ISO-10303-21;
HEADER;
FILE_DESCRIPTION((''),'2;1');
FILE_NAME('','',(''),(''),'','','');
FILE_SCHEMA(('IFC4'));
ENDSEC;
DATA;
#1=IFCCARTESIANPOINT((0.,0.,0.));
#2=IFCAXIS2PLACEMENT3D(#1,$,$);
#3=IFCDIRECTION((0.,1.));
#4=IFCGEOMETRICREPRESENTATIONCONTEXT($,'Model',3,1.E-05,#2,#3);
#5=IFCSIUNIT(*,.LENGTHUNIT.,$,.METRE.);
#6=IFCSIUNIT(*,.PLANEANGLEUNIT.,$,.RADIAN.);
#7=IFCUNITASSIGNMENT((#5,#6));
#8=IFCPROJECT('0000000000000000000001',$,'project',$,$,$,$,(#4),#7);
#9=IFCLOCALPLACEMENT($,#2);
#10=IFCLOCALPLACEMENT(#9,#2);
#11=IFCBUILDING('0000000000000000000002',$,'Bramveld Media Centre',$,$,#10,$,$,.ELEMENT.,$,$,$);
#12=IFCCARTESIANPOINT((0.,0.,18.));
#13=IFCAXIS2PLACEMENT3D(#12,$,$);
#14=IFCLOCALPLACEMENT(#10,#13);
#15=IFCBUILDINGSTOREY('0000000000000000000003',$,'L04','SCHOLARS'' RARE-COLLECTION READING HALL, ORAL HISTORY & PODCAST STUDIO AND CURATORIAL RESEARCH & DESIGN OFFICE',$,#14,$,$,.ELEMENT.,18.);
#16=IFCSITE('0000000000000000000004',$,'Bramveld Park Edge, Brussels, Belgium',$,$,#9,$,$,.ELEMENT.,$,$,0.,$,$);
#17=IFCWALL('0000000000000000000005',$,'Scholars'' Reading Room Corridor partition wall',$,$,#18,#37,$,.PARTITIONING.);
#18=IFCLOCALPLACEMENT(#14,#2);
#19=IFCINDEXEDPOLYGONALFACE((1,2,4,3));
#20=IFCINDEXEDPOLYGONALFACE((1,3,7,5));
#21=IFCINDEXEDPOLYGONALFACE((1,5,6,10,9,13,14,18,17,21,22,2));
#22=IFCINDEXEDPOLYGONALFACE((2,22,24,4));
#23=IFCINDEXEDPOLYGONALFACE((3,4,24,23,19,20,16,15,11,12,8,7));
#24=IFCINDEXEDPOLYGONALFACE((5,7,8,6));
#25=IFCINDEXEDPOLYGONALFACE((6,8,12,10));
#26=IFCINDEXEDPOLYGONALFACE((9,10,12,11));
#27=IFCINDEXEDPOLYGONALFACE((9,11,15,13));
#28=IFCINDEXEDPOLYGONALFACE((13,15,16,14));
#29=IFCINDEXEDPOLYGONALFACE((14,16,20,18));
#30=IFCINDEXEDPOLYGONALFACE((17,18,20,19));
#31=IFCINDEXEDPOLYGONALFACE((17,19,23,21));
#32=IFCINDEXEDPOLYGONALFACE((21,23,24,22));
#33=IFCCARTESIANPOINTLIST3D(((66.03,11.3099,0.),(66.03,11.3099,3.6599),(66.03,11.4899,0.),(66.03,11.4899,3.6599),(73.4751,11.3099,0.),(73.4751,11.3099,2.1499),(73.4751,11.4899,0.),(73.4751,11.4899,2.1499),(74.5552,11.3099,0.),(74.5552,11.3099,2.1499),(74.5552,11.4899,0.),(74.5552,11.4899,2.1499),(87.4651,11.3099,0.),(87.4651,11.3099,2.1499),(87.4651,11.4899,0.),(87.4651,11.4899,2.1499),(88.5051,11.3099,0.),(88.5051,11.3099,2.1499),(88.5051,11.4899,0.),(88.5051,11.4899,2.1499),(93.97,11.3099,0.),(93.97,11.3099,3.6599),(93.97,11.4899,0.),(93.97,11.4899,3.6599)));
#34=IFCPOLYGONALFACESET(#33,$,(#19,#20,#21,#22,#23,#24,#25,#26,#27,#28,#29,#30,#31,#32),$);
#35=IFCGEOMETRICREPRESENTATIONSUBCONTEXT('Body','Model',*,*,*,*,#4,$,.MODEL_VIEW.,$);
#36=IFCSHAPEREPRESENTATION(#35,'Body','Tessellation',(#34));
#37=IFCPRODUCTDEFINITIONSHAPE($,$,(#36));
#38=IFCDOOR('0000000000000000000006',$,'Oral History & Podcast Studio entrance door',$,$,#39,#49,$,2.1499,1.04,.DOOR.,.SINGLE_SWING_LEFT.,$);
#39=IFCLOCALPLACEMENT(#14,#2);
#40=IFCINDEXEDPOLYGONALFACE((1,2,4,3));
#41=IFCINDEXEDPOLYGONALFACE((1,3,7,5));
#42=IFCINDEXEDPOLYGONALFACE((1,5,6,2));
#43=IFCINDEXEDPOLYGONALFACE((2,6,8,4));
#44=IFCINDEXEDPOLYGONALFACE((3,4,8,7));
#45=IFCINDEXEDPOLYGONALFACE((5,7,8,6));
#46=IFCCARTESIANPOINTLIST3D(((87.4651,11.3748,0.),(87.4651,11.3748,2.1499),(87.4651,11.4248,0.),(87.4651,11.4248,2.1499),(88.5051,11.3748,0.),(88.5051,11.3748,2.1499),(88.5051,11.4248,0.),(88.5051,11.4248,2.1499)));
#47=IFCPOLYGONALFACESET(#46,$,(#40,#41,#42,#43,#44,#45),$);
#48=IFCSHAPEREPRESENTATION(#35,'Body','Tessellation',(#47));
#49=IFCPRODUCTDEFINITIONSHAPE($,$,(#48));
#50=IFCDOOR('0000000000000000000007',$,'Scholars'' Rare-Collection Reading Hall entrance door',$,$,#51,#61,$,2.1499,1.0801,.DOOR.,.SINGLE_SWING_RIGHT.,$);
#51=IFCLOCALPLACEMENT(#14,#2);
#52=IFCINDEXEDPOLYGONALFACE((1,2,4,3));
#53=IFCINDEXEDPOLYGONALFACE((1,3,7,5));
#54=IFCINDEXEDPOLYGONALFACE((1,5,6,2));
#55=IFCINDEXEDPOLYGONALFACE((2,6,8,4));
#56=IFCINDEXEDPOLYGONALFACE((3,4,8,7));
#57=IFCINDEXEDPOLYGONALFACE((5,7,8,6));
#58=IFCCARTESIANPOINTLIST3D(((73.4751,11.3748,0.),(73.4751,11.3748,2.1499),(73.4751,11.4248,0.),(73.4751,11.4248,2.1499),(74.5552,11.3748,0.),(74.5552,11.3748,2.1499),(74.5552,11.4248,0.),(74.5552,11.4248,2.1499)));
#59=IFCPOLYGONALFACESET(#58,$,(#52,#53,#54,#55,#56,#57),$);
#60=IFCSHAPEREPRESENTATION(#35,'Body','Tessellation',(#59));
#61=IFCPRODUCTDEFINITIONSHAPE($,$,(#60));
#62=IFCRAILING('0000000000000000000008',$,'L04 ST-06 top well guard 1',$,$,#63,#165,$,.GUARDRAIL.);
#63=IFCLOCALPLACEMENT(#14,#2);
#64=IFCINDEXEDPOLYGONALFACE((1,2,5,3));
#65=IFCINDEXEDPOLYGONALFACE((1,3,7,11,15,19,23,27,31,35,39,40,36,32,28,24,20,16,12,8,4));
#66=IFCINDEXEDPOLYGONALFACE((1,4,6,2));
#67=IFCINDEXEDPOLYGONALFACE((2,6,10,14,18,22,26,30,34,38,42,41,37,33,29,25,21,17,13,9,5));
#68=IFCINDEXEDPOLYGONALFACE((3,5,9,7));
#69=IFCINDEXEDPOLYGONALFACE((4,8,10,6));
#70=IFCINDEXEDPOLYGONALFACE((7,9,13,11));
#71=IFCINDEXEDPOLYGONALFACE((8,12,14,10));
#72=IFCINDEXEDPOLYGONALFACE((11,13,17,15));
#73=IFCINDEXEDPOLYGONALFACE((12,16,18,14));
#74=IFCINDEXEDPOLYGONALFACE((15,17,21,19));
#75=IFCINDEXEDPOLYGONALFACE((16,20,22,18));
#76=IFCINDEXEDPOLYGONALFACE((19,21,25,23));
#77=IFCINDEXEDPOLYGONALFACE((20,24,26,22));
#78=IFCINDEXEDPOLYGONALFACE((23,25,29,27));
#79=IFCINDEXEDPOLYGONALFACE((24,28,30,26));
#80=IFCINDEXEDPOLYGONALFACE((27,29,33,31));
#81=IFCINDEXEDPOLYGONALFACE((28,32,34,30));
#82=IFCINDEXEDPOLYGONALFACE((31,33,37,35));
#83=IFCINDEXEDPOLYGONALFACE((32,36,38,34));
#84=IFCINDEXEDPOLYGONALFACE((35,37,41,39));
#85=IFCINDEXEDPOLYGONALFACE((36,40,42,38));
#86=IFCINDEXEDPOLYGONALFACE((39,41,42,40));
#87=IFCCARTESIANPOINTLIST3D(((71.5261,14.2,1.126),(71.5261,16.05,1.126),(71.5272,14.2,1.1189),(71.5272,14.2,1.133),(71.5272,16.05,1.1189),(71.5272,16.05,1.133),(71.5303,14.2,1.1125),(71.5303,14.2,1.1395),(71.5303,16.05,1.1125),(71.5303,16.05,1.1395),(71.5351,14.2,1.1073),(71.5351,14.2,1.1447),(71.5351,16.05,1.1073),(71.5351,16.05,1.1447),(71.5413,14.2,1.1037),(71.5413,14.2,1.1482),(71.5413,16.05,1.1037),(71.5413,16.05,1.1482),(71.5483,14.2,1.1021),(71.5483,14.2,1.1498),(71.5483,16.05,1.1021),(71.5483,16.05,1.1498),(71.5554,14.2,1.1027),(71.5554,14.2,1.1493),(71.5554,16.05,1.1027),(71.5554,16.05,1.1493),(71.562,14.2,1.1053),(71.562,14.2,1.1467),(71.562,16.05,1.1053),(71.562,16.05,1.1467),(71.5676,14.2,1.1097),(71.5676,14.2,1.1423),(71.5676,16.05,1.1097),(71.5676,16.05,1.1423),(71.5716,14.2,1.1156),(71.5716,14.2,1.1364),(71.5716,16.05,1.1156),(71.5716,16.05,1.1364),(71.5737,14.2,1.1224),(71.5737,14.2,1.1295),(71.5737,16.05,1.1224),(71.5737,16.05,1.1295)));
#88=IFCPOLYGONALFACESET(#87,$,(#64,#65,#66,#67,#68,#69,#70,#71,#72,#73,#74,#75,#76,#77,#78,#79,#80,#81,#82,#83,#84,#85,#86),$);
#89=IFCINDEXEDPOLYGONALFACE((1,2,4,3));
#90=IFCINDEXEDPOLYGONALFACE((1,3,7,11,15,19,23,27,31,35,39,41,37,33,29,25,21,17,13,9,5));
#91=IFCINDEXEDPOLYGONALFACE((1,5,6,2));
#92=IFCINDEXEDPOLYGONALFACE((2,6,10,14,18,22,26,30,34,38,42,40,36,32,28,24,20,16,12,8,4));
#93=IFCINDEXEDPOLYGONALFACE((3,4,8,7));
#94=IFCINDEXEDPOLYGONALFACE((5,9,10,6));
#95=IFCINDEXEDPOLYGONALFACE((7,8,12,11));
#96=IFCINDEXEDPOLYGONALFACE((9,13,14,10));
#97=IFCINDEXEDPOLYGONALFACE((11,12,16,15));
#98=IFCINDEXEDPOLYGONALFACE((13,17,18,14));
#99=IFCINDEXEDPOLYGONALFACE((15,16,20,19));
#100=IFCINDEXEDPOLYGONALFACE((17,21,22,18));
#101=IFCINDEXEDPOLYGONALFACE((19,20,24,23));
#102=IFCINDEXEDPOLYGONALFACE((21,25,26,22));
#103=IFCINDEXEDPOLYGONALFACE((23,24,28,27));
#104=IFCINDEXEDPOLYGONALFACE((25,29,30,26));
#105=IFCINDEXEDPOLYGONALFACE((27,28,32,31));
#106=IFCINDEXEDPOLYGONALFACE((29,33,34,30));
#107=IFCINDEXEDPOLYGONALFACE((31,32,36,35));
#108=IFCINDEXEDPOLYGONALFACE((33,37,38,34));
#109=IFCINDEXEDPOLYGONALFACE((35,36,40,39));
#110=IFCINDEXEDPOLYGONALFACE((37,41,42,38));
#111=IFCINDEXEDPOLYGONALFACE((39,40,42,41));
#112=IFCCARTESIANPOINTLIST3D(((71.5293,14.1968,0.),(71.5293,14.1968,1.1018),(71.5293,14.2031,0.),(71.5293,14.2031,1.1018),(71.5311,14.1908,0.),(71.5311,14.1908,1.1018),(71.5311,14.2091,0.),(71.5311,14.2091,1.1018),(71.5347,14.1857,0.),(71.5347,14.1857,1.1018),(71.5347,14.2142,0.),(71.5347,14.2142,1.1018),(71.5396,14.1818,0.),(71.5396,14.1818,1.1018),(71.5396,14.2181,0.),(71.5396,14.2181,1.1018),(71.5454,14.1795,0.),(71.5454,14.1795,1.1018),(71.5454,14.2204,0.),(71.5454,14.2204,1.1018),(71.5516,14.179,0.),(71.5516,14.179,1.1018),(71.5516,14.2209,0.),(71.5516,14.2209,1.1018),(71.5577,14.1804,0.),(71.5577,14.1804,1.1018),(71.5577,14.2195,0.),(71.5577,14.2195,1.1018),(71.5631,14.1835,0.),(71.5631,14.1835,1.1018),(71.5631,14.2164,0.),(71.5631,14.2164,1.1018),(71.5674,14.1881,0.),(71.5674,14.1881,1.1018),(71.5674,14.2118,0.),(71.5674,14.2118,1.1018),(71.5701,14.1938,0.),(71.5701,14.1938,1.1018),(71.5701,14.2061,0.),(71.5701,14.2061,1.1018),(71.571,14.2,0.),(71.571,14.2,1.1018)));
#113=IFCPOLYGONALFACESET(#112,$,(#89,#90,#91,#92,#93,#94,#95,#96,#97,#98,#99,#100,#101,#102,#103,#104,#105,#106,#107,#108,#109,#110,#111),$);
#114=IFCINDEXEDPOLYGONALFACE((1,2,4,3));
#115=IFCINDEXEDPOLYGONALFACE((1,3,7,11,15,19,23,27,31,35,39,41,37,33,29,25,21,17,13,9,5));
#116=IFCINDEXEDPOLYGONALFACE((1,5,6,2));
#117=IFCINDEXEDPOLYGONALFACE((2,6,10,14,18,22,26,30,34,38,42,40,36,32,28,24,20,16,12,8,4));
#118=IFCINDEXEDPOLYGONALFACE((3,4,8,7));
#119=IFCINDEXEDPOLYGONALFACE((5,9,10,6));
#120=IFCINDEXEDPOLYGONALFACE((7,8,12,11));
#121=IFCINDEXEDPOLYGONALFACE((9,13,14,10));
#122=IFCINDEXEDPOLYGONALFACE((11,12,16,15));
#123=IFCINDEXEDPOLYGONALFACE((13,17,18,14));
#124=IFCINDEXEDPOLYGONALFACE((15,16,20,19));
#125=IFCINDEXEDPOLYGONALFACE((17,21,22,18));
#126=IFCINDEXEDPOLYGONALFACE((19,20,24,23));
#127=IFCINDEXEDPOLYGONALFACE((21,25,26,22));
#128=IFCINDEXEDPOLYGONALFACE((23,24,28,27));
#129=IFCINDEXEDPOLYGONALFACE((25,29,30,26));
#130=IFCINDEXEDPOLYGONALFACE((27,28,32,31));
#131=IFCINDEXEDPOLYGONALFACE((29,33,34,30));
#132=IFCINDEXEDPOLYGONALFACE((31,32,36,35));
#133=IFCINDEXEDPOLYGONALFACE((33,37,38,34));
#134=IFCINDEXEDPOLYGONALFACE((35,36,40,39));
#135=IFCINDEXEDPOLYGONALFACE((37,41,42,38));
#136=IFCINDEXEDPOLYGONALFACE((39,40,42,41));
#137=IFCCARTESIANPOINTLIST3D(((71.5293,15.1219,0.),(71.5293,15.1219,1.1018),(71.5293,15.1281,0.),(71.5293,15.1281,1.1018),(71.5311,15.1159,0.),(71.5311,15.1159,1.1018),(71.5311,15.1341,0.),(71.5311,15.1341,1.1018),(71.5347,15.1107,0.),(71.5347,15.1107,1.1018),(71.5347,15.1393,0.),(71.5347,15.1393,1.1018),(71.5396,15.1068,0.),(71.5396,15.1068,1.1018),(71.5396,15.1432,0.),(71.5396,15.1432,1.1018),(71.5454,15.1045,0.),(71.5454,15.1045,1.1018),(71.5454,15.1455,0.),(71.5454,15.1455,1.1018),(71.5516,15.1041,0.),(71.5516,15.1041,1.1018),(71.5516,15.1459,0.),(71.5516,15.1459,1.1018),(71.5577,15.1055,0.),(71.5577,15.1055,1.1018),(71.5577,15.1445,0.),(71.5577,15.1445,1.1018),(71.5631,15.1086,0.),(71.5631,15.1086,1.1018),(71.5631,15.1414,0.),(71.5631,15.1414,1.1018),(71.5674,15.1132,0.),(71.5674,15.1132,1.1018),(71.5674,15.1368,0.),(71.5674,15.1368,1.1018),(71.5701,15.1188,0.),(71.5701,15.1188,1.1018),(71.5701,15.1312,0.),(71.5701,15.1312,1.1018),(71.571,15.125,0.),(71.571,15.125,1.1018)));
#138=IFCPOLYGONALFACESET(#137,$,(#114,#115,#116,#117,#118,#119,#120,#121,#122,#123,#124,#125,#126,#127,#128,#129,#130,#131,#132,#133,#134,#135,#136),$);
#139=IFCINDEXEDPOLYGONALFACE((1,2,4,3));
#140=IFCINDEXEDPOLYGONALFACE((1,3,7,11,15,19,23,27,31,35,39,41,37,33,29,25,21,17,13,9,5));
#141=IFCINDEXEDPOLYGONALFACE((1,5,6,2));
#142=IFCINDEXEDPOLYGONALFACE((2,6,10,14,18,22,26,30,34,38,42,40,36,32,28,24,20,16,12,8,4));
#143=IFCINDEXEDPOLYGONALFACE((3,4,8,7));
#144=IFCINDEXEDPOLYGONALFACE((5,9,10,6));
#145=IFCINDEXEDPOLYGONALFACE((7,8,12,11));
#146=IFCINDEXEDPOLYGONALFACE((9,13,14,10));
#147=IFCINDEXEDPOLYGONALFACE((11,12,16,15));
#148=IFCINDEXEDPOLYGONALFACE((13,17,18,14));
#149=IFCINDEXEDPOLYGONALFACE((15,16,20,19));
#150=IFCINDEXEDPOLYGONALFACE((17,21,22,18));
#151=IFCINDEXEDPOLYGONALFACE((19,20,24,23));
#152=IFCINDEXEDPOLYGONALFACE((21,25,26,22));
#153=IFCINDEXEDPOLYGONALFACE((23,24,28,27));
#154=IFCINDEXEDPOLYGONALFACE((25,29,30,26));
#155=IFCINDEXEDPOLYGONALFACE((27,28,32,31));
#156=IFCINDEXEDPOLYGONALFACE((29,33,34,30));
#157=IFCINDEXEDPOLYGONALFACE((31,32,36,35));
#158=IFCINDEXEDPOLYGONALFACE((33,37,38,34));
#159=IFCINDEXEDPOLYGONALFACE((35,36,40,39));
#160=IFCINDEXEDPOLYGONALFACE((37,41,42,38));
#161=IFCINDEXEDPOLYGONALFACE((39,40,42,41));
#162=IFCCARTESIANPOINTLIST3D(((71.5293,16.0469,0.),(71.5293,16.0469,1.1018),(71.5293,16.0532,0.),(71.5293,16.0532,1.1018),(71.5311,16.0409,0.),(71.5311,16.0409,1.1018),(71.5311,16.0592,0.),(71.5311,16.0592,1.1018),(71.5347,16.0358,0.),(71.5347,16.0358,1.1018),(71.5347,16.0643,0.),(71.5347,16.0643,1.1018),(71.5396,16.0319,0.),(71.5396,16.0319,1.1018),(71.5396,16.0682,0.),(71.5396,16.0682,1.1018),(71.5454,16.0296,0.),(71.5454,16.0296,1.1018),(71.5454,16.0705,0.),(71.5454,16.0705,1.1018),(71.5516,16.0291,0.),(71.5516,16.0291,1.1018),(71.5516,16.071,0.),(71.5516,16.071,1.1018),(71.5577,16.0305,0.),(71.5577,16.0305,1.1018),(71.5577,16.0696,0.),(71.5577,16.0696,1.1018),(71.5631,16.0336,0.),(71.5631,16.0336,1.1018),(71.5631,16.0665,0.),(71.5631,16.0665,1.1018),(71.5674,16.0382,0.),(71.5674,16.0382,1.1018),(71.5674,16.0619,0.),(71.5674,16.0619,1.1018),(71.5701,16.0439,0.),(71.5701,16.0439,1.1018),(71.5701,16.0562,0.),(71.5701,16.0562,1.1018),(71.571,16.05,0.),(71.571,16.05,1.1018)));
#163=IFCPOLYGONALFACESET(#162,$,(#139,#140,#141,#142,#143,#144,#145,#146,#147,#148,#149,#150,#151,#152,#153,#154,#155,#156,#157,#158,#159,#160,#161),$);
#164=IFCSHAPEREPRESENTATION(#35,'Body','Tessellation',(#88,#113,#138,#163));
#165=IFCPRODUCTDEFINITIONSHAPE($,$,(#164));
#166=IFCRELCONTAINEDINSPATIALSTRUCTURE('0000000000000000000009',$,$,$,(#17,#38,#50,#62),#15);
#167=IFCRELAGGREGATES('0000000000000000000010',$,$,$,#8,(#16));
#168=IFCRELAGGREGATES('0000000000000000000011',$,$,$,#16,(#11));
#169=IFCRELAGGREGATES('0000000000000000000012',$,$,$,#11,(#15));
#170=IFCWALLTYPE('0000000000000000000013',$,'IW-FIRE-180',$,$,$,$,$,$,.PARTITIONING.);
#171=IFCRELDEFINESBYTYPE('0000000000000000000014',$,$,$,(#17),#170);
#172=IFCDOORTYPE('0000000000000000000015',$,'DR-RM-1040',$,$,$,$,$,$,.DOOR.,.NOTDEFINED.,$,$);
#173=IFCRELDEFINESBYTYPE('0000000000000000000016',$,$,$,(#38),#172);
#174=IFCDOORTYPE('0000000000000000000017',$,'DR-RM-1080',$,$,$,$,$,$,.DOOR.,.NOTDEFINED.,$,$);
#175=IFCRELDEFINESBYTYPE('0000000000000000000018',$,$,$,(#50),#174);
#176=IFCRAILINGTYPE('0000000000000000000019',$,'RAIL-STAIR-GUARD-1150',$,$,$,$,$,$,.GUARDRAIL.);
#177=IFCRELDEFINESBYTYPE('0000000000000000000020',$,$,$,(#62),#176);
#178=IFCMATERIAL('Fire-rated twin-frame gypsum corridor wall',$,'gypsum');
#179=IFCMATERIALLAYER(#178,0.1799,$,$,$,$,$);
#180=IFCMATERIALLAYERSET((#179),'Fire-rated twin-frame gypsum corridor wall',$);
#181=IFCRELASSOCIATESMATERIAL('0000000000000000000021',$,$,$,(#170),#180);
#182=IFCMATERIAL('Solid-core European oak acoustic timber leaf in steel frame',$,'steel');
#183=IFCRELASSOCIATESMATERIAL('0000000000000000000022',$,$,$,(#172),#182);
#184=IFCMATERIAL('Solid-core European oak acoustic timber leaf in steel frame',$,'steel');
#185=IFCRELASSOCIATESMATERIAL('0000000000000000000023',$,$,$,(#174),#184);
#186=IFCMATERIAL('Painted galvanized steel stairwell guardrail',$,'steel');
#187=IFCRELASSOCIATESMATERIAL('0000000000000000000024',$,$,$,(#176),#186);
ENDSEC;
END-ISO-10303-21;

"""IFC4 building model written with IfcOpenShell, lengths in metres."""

from ifc_helpers import new_model, si_unit, direction, frame, frame_2d, origin, origin_2d, place, context, subcontext, project, spatial, rectangle, circle, extrude, material, layer, layer_set, type_object, element, fill, save


model = new_model("IFC4")

# Units and contexts
model_context = context("Model", 3, precision=1e-05, world=origin(), true_north=direction((0.0, 1.0)))
body_context = subcontext(model_context, "Body", "Model", "MODEL_VIEW")
ifc_project = project(units=[si_unit("LENGTHUNIT", "METRE"), si_unit("PLANEANGLEUNIT", "RADIAN")], contexts=[model_context])

# Site, building, storey
site_placement = place(None, origin())
site = spatial("IfcSite", under=ifc_project, at=site_placement, Name="Bramveld Park Edge, Brussels, Belgium", CompositionType="ELEMENT", RefElevation=0.0)
building_placement = place(site_placement, origin())
building = spatial("IfcBuilding", under=site, at=building_placement, Name="Bramveld Media Centre", CompositionType="ELEMENT")
storey_placement = place(building_placement, frame((0.0, 0.0, 18.0)))
storey = spatial("IfcBuildingStorey", under=building, at=storey_placement, Name="L04", Description="SCHOLARS' RARE-COLLECTION READING HALL, ORAL HISTORY & PODCAST STUDIO AND CURATORIAL RESEARCH & DESIGN OFFICE", CompositionType="ELEMENT", Elevation=18.0)

# Wall, openings, doors
ifc_material_1 = material(Name="Fire-rated twin-frame gypsum corridor wall", Category="gypsum")
ifc_layer_1 = layer(ifc_material_1, 0.1799)
ifc_layer_set_1 = layer_set([ifc_layer_1], Name="Fire-rated twin-frame gypsum corridor wall")
wall_type_1 = type_object("IfcWallType", Name="IW-FIRE-180", PredefinedType="PARTITIONING", material=ifc_layer_set_1)
wall_1_placement = place(storey_placement, frame((66.03, 11.3999, 0.0), z_axis=(0.0, 0.0, 1.0), x_axis=(1.0, 0.0, 0.0)))
wall_1 = element("IfcWall", 1, at=wall_1_placement, inside=storey, type_object=wall_type_1, Name="Scholars' Reading Room Corridor partition wall", PredefinedType="PARTITIONING", context=body_context, shape_type="SweptSolid", body=[
    extrude(rectangle(XDim=27.9399, YDim=0.1799, at=frame_2d((13.97, 0.0))), origin(), (0.0, 0.0, 1.0), 3.6599),
])
opening_1_placement = place(wall_1_placement, frame((7.4451, 0.0, 0.0)))
opening_1 = element("IfcOpeningElement", 2, at=opening_1_placement, cuts=wall_1, PredefinedType="OPENING", context=body_context, shape_type="SweptSolid", body=[
    extrude(rectangle(XDim=1.0801, YDim=2.1499, at=frame_2d((0.54, 1.075))), frame((0.0, 0.1021, 0.0), z_axis=(0.0, -1.0, 0.0), x_axis=(1.0, 0.0, 0.0)), (0.0, 0.0, 1.0), 0.2039),
])
opening_2_placement = place(wall_1_placement, frame((21.4351, 0.0, 0.0)))
opening_2 = element("IfcOpeningElement", 3, at=opening_2_placement, cuts=wall_1, PredefinedType="OPENING", context=body_context, shape_type="SweptSolid", body=[
    extrude(rectangle(XDim=1.04, YDim=2.1499, at=frame_2d((0.52, 1.075))), frame((0.0, 0.1021, 0.0), z_axis=(0.0, -1.0, 0.0), x_axis=(1.0, 0.0, 0.0)), (0.0, 0.0, 1.0), 0.2039),
])
ifc_material_2 = material(Name="Solid-core European oak acoustic timber leaf in steel frame", Category="steel")
door_type_1 = type_object("IfcDoorType", Name="DR-RM-1040", OperationType="NOTDEFINED", PredefinedType="DOOR", material=ifc_material_2)
door_1_placement = place(opening_2_placement, origin())
door_1 = element("IfcDoor", 4, at=door_1_placement, inside=storey, type_object=door_type_1, Name="Oral History & Podcast Studio entrance door", OperationType="SINGLE_SWING_LEFT", OverallHeight=2.1499, OverallWidth=1.04, PredefinedType="DOOR", context=body_context, shape_type="SweptSolid", body=[
    extrude(rectangle(XDim=1.04, YDim=2.1499, at=frame_2d((0.52, 1.075))), frame((0.0, 0.0249, 0.0), z_axis=(0.0, -1.0, 0.0), x_axis=(1.0, 0.0, 0.0)), (0.0, 0.0, 1.0), 0.05),
])
fill(opening_2, door_1)
ifc_material_3 = material(Name="Solid-core European oak acoustic timber leaf in steel frame", Category="steel")
door_type_2 = type_object("IfcDoorType", Name="DR-RM-1080", OperationType="NOTDEFINED", PredefinedType="DOOR", material=ifc_material_3)
door_2_placement = place(opening_1_placement, origin())
door_2 = element("IfcDoor", 5, at=door_2_placement, inside=storey, type_object=door_type_2, Name="Scholars' Rare-Collection Reading Hall entrance door", OperationType="SINGLE_SWING_RIGHT", OverallHeight=2.1499, OverallWidth=1.0801, PredefinedType="DOOR", context=body_context, shape_type="SweptSolid", body=[
    extrude(rectangle(XDim=1.0801, YDim=2.1499, at=frame_2d((0.54, 1.075))), frame((0.0, 0.0249, 0.0), z_axis=(0.0, -1.0, 0.0), x_axis=(1.0, 0.0, 0.0)), (0.0, 0.0, 1.0), 0.05),
])
fill(opening_1, door_2)

# Railing
ifc_material_4 = material(Name="Painted galvanized steel stairwell guardrail", Category="steel")
railing_type = type_object("IfcRailingType", Name="RAIL-STAIR-GUARD-1150", PredefinedType="GUARDRAIL", material=ifc_material_4)
railing_placement = place(storey_placement, frame((71.55, 14.2, 0.0)))
element("IfcRailing", 6, at=railing_placement, inside=storey, type_object=railing_type, Name="L04 ST-06 top well guard 1", PredefinedType="GUARDRAIL", context=body_context, shape_type="SweptSolid", body=[
    extrude(circle(Radius=0.0239, at=origin_2d()), frame((0.0, 0.0, 1.126), z_axis=(0.0, 1.0, 0.0), x_axis=(-1.0, 0.0, 0.0)), (0.0, 0.0, 1.0), 1.8501),
    extrude(circle(Radius=0.021, at=origin_2d()), origin(), (0.0, 0.0, 1.0), 1.1018),
    extrude(circle(Radius=0.021, at=origin_2d()), frame((0.0, 0.925, 0.0)), (0.0, 0.0, 1.0), 1.1018),
    extrude(circle(Radius=0.021, at=origin_2d()), frame((0.0, 1.8501, 0.0)), (0.0, 0.0, 1.0), 1.1018),
])

save(model, "model.ifc")
